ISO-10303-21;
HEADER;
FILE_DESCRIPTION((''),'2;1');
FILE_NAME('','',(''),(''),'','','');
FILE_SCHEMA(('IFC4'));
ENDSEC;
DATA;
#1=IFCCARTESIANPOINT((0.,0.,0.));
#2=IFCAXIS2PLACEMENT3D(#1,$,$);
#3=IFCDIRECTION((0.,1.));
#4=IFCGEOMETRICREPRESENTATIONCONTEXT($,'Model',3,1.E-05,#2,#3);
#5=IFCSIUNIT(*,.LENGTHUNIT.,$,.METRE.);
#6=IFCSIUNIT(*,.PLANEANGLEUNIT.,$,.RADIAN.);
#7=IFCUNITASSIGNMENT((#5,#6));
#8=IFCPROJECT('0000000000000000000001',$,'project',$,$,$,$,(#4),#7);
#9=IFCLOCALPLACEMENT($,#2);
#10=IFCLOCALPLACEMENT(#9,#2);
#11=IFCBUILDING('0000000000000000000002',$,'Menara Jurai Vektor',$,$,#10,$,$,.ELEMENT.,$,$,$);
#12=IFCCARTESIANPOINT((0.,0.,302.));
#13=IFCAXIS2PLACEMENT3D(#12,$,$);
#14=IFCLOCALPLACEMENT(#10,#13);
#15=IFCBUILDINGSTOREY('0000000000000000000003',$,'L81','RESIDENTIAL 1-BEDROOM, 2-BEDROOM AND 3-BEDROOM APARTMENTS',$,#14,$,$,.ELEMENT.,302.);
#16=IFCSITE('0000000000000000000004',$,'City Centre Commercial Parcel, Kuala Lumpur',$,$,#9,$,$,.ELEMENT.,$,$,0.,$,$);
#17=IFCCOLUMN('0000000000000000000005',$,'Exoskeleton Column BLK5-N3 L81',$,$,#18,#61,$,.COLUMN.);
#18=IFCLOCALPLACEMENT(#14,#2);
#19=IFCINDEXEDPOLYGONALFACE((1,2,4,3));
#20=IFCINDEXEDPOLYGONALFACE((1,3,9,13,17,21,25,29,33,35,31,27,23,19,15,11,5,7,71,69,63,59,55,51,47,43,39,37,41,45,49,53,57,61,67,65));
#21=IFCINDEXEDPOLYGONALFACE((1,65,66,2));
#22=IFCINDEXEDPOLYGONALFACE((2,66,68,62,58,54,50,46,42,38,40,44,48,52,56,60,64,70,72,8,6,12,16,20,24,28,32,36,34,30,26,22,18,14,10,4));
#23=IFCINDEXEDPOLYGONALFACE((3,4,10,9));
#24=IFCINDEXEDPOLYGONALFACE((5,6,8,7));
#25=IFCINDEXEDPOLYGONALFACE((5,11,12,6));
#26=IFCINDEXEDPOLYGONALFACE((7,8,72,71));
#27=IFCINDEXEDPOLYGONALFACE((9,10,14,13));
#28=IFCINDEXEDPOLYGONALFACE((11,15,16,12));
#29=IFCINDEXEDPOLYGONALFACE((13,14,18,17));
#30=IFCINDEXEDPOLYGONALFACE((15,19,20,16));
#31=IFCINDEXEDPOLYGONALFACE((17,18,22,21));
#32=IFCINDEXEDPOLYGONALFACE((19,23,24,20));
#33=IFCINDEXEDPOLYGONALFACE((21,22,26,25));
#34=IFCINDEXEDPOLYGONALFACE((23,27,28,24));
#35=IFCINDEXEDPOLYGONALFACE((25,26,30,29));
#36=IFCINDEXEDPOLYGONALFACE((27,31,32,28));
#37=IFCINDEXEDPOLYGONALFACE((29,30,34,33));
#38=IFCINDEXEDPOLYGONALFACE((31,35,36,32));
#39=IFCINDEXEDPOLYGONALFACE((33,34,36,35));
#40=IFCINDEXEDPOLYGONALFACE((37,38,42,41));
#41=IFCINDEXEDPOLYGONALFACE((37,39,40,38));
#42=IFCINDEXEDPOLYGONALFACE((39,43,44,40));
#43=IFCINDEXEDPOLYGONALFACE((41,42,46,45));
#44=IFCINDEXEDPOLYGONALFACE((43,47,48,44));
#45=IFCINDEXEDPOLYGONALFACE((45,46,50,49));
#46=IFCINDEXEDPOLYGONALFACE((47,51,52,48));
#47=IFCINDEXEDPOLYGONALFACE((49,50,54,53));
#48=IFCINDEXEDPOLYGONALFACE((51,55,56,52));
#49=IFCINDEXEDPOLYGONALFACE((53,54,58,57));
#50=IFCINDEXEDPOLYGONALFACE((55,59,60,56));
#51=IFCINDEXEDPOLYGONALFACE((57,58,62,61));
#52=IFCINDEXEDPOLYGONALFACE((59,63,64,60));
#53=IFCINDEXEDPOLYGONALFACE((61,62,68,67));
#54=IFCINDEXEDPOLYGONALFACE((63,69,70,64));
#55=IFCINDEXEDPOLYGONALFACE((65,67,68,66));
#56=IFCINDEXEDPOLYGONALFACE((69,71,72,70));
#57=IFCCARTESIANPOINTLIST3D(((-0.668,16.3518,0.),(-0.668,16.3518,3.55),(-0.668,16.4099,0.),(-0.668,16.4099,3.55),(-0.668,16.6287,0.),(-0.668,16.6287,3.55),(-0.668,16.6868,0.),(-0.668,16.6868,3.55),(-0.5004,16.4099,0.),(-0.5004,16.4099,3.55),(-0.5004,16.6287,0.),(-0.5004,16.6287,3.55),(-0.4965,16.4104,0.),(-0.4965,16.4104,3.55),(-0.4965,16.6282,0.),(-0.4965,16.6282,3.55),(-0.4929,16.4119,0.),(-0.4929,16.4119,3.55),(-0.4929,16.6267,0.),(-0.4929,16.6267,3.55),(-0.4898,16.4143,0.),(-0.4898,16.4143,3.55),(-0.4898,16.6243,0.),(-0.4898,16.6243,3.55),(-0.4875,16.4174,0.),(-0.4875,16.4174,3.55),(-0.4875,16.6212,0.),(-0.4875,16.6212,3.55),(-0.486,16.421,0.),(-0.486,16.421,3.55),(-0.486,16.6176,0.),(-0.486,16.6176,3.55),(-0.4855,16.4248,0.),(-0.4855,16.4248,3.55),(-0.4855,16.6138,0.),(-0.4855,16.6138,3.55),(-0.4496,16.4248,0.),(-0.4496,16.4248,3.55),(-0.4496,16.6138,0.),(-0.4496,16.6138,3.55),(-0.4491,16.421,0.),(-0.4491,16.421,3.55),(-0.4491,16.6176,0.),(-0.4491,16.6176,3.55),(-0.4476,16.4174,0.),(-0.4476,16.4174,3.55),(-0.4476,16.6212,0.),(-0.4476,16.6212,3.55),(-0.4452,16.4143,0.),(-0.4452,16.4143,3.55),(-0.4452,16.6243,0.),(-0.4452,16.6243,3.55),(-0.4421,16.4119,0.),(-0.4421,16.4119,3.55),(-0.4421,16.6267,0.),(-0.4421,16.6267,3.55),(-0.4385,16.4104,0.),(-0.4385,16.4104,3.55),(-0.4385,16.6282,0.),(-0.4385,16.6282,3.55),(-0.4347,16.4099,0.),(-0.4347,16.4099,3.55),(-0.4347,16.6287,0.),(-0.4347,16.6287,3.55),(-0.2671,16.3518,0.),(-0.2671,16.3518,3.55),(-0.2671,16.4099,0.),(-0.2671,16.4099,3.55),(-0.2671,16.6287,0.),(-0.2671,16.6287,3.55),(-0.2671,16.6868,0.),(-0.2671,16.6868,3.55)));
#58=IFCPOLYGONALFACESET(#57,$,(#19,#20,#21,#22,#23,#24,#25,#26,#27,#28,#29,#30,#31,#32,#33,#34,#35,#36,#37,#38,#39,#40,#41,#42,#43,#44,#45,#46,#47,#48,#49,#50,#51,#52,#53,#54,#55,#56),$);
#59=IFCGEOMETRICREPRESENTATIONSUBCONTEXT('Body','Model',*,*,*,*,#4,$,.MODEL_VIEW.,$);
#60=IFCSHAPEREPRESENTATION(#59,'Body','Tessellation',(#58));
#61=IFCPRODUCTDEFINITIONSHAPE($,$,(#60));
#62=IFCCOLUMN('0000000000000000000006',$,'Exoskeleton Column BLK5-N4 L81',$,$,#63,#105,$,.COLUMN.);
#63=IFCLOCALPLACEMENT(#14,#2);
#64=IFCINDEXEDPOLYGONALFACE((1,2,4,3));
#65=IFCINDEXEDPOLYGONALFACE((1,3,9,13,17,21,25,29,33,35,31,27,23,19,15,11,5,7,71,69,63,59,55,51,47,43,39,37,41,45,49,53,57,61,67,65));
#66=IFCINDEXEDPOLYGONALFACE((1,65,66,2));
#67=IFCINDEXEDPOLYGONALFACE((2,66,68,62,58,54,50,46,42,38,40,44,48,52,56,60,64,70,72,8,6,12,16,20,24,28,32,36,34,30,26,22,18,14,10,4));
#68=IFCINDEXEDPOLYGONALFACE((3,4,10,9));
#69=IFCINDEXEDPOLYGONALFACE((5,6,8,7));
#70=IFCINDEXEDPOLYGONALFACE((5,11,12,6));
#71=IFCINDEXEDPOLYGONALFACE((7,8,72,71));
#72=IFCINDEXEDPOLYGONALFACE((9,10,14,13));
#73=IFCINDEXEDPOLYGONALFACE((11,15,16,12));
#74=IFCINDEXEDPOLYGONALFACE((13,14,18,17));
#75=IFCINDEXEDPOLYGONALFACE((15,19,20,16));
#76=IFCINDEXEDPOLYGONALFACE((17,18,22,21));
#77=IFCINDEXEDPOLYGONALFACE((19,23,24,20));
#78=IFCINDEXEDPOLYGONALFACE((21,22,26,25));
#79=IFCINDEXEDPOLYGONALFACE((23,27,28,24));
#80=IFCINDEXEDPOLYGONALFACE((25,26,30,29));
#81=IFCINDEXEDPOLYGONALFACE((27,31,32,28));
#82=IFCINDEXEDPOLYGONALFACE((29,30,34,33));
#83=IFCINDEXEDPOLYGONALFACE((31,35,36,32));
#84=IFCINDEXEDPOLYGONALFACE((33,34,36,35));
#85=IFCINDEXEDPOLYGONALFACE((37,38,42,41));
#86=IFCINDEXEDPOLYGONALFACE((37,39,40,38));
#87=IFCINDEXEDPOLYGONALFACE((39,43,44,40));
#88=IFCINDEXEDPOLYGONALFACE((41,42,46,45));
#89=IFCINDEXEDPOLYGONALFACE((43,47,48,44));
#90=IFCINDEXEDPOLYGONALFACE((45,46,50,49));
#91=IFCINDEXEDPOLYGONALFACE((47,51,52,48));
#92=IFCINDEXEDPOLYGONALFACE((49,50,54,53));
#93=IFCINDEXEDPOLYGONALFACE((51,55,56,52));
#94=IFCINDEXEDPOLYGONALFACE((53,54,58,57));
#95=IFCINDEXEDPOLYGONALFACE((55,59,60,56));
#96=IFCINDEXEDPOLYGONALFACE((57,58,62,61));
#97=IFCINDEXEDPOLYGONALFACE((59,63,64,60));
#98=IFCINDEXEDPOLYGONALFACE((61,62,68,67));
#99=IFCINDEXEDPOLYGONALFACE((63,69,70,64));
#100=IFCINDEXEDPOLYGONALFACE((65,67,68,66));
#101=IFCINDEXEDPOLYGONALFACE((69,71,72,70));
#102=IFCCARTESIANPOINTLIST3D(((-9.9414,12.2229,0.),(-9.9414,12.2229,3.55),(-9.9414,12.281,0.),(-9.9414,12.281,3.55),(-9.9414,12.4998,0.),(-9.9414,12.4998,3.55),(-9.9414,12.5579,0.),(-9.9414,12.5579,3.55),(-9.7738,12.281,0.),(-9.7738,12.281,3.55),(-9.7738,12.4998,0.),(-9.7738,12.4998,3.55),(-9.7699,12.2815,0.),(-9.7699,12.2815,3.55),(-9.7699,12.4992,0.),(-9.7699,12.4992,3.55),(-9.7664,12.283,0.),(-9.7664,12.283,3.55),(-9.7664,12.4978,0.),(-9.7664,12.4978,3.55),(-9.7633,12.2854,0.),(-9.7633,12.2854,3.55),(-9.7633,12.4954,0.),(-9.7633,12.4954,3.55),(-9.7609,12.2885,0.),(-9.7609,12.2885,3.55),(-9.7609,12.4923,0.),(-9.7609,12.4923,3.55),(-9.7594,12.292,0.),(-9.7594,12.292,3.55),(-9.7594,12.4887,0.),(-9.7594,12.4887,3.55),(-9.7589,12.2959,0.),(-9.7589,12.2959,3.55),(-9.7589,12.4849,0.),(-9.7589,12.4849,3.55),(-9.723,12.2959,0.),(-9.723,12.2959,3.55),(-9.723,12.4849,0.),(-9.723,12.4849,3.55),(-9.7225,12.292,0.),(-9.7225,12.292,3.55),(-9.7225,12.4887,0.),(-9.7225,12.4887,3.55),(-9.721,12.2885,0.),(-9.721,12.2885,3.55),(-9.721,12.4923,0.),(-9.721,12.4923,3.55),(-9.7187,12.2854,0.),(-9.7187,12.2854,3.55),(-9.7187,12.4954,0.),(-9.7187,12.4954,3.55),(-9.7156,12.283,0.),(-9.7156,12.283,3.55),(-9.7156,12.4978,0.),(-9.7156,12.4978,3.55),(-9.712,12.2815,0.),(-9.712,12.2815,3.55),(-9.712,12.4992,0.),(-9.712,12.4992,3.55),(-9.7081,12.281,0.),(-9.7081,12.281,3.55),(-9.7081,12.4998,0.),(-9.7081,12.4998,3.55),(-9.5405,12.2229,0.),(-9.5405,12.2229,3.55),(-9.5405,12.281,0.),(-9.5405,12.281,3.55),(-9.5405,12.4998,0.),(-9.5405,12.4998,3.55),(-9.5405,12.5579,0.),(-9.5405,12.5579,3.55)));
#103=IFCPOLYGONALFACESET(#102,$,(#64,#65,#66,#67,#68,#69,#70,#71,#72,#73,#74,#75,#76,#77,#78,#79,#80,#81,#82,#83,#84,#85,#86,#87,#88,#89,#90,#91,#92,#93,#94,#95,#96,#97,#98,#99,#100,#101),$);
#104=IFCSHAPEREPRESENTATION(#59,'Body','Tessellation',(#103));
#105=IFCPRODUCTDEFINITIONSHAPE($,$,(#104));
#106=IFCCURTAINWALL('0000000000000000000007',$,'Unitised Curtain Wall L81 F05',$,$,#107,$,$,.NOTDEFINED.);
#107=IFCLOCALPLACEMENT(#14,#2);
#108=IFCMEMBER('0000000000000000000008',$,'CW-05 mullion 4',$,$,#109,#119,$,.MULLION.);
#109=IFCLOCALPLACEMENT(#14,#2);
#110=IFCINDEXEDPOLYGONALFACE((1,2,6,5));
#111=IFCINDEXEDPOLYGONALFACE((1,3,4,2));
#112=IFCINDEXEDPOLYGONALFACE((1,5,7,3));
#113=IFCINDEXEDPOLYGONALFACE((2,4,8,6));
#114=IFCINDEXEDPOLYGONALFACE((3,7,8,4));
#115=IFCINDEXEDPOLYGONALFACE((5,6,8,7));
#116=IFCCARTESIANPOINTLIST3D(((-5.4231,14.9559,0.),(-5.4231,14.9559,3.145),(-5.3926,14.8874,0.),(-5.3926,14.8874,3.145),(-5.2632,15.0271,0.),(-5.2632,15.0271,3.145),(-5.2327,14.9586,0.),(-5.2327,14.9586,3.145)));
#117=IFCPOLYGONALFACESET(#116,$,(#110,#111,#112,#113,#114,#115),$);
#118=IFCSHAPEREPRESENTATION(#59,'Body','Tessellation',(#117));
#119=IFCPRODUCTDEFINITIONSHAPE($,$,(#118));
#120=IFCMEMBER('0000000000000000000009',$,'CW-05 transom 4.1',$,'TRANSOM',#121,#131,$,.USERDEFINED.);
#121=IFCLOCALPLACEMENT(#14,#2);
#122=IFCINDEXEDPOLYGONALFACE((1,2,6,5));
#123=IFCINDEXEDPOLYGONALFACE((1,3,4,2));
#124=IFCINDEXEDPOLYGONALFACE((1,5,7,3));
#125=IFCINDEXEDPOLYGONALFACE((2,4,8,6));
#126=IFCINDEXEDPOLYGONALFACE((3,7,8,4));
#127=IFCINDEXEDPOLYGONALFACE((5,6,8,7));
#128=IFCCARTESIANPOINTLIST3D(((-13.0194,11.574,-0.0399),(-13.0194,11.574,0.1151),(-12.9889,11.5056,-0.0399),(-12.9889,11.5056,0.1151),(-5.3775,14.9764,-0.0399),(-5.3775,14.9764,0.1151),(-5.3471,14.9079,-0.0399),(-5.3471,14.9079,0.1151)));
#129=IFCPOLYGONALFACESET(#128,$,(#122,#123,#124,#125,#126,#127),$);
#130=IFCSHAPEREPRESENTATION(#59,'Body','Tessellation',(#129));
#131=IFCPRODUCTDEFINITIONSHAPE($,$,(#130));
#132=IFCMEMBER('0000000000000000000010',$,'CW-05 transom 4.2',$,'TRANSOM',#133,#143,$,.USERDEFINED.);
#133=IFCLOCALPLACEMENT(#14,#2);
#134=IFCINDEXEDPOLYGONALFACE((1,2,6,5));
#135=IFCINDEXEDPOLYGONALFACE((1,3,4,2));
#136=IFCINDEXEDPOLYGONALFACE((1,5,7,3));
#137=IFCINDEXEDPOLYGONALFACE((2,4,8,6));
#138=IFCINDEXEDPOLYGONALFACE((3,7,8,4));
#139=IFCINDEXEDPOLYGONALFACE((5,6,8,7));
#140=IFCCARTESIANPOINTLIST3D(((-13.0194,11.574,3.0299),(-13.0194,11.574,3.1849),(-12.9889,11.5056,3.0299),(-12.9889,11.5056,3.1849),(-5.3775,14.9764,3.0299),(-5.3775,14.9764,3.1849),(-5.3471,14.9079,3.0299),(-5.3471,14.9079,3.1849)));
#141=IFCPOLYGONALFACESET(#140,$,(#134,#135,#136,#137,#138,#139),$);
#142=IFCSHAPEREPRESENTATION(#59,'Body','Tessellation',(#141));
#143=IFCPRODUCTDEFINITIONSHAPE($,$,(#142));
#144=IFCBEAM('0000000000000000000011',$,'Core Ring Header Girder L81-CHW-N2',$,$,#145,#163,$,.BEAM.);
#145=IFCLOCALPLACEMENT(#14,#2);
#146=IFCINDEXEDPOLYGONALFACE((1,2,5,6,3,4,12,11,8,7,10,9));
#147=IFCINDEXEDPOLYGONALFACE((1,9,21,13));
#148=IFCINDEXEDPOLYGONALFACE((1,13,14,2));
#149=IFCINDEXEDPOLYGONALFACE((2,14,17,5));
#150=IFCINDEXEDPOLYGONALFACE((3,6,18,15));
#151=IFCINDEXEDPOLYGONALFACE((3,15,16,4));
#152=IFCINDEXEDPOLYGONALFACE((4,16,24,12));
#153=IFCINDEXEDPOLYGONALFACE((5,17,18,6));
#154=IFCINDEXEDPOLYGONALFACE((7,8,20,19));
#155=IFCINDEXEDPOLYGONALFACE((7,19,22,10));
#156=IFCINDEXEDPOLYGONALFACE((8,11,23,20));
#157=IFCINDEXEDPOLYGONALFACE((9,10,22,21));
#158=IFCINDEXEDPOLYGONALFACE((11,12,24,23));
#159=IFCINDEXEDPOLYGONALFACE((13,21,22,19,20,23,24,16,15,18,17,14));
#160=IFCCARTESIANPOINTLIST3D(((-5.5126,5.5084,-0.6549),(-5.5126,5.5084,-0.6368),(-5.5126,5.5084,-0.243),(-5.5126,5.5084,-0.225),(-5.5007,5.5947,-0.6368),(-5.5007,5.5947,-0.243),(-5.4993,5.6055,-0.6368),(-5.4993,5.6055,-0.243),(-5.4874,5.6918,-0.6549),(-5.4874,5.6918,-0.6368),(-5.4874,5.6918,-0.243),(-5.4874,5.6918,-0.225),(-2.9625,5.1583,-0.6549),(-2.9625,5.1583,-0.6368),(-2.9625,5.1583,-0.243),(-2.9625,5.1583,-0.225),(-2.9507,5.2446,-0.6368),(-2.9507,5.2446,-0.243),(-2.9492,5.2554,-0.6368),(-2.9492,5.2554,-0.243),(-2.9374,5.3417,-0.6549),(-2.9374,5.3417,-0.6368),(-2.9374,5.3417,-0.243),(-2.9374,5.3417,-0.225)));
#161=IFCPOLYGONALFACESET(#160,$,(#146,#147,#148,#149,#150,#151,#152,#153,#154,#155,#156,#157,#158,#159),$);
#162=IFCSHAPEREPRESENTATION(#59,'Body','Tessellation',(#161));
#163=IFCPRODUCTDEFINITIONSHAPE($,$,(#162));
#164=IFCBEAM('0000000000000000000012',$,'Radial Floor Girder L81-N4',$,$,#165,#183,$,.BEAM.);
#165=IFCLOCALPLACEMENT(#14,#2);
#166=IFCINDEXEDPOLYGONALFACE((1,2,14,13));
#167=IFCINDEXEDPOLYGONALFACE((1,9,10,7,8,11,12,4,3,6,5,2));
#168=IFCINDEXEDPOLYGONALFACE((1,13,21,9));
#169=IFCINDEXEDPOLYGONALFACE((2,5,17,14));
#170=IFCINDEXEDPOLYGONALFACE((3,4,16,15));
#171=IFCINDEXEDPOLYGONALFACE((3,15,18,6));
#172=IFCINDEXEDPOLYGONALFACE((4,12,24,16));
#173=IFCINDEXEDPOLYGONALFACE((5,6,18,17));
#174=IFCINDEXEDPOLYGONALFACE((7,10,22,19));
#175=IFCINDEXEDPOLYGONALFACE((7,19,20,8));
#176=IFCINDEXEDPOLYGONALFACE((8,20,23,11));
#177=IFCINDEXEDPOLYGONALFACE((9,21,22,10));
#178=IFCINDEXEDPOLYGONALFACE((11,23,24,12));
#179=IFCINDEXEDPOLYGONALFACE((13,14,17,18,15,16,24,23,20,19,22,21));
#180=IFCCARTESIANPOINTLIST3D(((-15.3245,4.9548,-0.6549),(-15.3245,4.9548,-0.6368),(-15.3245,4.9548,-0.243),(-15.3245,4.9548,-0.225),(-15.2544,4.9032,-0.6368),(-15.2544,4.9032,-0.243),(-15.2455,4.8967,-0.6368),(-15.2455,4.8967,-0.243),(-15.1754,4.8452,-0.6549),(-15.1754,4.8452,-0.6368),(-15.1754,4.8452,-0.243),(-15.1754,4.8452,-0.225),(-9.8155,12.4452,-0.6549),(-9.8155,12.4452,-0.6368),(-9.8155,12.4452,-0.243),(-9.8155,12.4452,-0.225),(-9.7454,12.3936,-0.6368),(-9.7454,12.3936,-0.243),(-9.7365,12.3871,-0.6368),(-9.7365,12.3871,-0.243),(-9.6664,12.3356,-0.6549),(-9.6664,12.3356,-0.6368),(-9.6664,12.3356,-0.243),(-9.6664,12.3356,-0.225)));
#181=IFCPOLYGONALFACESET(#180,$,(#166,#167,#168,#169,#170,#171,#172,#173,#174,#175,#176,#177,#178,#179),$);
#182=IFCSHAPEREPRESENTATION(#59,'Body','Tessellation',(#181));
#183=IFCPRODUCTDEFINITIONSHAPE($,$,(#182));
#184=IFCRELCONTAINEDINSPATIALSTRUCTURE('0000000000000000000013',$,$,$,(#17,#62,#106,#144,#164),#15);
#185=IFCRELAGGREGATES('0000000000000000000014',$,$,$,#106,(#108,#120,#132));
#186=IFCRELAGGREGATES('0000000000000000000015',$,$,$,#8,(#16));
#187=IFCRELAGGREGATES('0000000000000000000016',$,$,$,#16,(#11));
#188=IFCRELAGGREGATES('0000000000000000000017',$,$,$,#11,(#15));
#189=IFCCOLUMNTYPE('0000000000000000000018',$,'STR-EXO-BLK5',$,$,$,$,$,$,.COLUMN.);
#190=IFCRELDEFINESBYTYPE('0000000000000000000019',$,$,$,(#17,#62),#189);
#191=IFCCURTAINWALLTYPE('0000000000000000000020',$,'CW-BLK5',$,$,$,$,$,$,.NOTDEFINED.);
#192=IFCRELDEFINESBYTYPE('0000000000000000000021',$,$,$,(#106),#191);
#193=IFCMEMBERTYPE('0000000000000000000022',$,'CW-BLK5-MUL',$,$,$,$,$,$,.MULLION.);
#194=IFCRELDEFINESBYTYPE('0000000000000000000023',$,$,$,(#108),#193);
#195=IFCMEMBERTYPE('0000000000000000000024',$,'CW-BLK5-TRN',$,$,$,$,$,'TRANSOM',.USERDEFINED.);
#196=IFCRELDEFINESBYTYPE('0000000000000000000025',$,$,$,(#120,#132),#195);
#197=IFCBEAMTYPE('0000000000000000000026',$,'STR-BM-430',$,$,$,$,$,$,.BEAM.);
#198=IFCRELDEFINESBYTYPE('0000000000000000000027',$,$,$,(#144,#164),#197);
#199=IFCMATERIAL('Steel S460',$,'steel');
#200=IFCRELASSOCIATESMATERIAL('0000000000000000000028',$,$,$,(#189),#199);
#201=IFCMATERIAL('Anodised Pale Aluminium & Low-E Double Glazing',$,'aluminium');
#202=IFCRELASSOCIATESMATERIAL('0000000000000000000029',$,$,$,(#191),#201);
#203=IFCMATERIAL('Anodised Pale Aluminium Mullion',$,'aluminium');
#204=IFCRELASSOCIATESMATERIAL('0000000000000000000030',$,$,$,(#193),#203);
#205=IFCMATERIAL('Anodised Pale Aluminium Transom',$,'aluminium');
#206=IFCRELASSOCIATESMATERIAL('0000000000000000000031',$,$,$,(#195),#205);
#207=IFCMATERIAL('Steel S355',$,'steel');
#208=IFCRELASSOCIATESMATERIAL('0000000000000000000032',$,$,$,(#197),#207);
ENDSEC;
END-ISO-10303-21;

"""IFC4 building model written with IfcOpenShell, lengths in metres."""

from ifc_helpers import new_model, si_unit, direction, frame, origin, origin_2d, place, context, subcontext, project, spatial, rectangle, i_section, extrude, material, material_profile, profile_set, type_object, element, aggregate, save


model = new_model("IFC4")

# Units and contexts
model_context = context("Model", 3, precision=1e-05, world=origin(), true_north=direction((0.0, 1.0)))
body_context = subcontext(model_context, "Body", "Model", "MODEL_VIEW")
ifc_project = project(units=[si_unit("LENGTHUNIT", "METRE"), si_unit("PLANEANGLEUNIT", "RADIAN")], contexts=[model_context])

# Site, building, storey
site_placement = place(None, origin())
site = spatial("IfcSite", under=ifc_project, at=site_placement, Name="City Centre Commercial Parcel, Kuala Lumpur", CompositionType="ELEMENT", RefElevation=0.0)
building_placement = place(site_placement, origin())
building = spatial("IfcBuilding", under=site, at=building_placement, Name="Menara Jurai Vektor", CompositionType="ELEMENT")
storey_placement = place(building_placement, frame((0.0, 0.0, 302.0)))
storey = spatial("IfcBuildingStorey", under=building, at=storey_placement, Name="L81", Description="RESIDENTIAL 1-BEDROOM, 2-BEDROOM AND 3-BEDROOM APARTMENTS", CompositionType="ELEMENT", Elevation=302.0)

# Columns
ifc_material_1 = material(Name="Steel S460", Category="steel")
ifc_material_profile_1 = material_profile(ifc_material_1, i_section(OverallWidth=0.4009, OverallDepth=0.335, WebThickness=0.0359, FlangeThickness=0.0581, FilletRadius=0.0149, at=origin_2d()), Name="HD 400x463")
ifc_profile_set_1 = profile_set([ifc_material_profile_1], Name="Steel S460")
column_type = type_object("IfcColumnType", Name="STR-EXO-BLK5", PredefinedType="COLUMN", material=ifc_profile_set_1)
for number, where, z_axis, x_axis, name in (
    (1, (-0.4675, 16.5193, 0.0), (0.0, 0.0, 1.0), (1.0, 0.0, 0.0), "Exoskeleton Column BLK5-N3 L81"),
    (2, (-9.741, 12.3904, 0.0), (0.0, 0.0, 1.0), (1.0, 0.0, 0.0), "Exoskeleton Column BLK5-N4 L81"),
):
    element("IfcColumn", number, at=place(storey_placement, frame(where, z_axis=z_axis, x_axis=x_axis)), inside=storey, type_object=column_type, Name=name, PredefinedType="COLUMN", context=body_context, shape_type="SweptSolid", body=[
        extrude(i_section(OverallWidth=0.4009, OverallDepth=0.335, WebThickness=0.0359, FlangeThickness=0.0581, FilletRadius=0.0149, at=origin_2d()), origin(), (0.0, 0.0, 1.0), 3.55),
    ])

# Curtain wall, members
ifc_material_2 = material(Name="Anodised Pale Aluminium & Low-E Double Glazing", Category="aluminium")
curtain_wall_type = type_object("IfcCurtainWallType", Name="CW-BLK5", PredefinedType="NOTDEFINED", material=ifc_material_2)
curtain_wall_placement = place(storey_placement, origin())
curtain_wall = element("IfcCurtainWall", 3, at=curtain_wall_placement, inside=storey, type_object=curtain_wall_type, Name="Unitised Curtain Wall L81 F05", PredefinedType="NOTDEFINED")
ifc_material_3 = material(Name="Anodised Pale Aluminium Mullion", Category="aluminium")
ifc_material_profile_2 = material_profile(ifc_material_3, rectangle(XDim=0.075, YDim=0.175, at=origin_2d()), Name="ALU MUL 75x175")
ifc_profile_set_2 = profile_set([ifc_material_profile_2], Name="Anodised Pale Aluminium Mullion")
member_type_1 = type_object("IfcMemberType", Name="CW-BLK5-MUL", PredefinedType="MULLION", material=ifc_profile_set_2)
member_1_placement = place(storey_placement, frame((-5.3279, 14.9573, 0.0), z_axis=(0.0, 0.0, 1.0), x_axis=(0.406735, -0.913546, 0.0)))
member_1 = element("IfcMember", 4, at=member_1_placement, type_object=member_type_1, Name="CW-05 mullion 4", PredefinedType="MULLION", context=body_context, shape_type="SweptSolid", body=[
    extrude(rectangle(XDim=0.075, YDim=0.175, at=origin_2d()), origin(), (0.0, 0.0, 1.0), 3.145),
])
ifc_material_4 = material(Name="Anodised Pale Aluminium Transom", Category="aluminium")
ifc_material_profile_3 = material_profile(ifc_material_4, rectangle(XDim=0.075, YDim=0.155, at=origin_2d()), Name="ALU TRN 75x155")
ifc_profile_set_3 = profile_set([ifc_material_profile_3], Name="Anodised Pale Aluminium Transom")
member_type_2 = type_object("IfcMemberType", Name="CW-BLK5-TRN", ElementType="TRANSOM", PredefinedType="USERDEFINED", material=ifc_profile_set_3)
member_2_placement = place(storey_placement, frame((-5.3623, 14.9421, 0.0376), z_axis=(-0.913547, -0.406734, 0.0), x_axis=(0.406734, -0.913547, 0.0)))
member_2 = element("IfcMember", 5, at=member_2_placement, type_object=member_type_2, Name="CW-05 transom 4.1", ObjectType="TRANSOM", PredefinedType="USERDEFINED", context=body_context, shape_type="SweptSolid", body=[
    extrude(rectangle(XDim=0.075, YDim=0.155, at=origin_2d()), origin(), (0.0, 0.0, 1.0), 8.365),
])
member_3_placement = place(storey_placement, frame((-5.3623, 14.9421, 3.1074), z_axis=(-0.913547, -0.406734, 0.0), x_axis=(0.406734, -0.913547, 0.0)))
member_3 = element("IfcMember", 6, at=member_3_placement, type_object=member_type_2, Name="CW-05 transom 4.2", ObjectType="TRANSOM", PredefinedType="USERDEFINED", context=body_context, shape_type="SweptSolid", body=[
    extrude(rectangle(XDim=0.075, YDim=0.155, at=origin_2d()), origin(), (0.0, 0.0, 1.0), 8.365),
])

# Beams
ifc_material_5 = material(Name="Steel S355", Category="steel")
ifc_material_profile_4 = material_profile(ifc_material_5, i_section(OverallWidth=0.1851, OverallDepth=0.4299, WebThickness=0.011, FlangeThickness=0.0181, at=origin_2d()), Name="PG 430x185x76")
ifc_profile_set_4 = profile_set([ifc_material_profile_4], Name="Steel S355")
beam_type_1 = type_object("IfcBeamType", Name="STR-BM-430", PredefinedType="BEAM", material=ifc_profile_set_4)
beam_1_placement = place(storey_placement, frame((-5.5, 5.6001, -0.4399), z_axis=(0.990707, -0.136015, 0.0), x_axis=(0.136015, 0.990707, 0.0)))
element("IfcBeam", 7, at=beam_1_placement, inside=storey, type_object=beam_type_1, Name="Core Ring Header Girder L81-CHW-N2", PredefinedType="BEAM", context=body_context, shape_type="SweptSolid", body=[
    extrude(i_section(OverallWidth=0.1851, OverallDepth=0.4299, WebThickness=0.011, FlangeThickness=0.0181, at=origin_2d()), origin(), (0.0, 0.0, 1.0), 2.574),
])
beam_2_placement = place(storey_placement, frame((-9.741, 12.3904, -0.4399), z_axis=(-0.592483, -0.805583, 0.0), x_axis=(0.805583, -0.592483, 0.0)))
element("IfcBeam", 8, at=beam_2_placement, inside=storey, type_object=beam_type_1, Name="Radial Floor Girder L81-N4", PredefinedType="BEAM", context=body_context, shape_type="SweptSolid", body=[
    extrude(i_section(OverallWidth=0.1851, OverallDepth=0.4299, WebThickness=0.011, FlangeThickness=0.0181, at=origin_2d()), origin(), (0.0, 0.0, 1.0), 9.2981),
])

aggregate(curtain_wall, [member_1, member_2, member_3])

save(model, "model.ifc")
